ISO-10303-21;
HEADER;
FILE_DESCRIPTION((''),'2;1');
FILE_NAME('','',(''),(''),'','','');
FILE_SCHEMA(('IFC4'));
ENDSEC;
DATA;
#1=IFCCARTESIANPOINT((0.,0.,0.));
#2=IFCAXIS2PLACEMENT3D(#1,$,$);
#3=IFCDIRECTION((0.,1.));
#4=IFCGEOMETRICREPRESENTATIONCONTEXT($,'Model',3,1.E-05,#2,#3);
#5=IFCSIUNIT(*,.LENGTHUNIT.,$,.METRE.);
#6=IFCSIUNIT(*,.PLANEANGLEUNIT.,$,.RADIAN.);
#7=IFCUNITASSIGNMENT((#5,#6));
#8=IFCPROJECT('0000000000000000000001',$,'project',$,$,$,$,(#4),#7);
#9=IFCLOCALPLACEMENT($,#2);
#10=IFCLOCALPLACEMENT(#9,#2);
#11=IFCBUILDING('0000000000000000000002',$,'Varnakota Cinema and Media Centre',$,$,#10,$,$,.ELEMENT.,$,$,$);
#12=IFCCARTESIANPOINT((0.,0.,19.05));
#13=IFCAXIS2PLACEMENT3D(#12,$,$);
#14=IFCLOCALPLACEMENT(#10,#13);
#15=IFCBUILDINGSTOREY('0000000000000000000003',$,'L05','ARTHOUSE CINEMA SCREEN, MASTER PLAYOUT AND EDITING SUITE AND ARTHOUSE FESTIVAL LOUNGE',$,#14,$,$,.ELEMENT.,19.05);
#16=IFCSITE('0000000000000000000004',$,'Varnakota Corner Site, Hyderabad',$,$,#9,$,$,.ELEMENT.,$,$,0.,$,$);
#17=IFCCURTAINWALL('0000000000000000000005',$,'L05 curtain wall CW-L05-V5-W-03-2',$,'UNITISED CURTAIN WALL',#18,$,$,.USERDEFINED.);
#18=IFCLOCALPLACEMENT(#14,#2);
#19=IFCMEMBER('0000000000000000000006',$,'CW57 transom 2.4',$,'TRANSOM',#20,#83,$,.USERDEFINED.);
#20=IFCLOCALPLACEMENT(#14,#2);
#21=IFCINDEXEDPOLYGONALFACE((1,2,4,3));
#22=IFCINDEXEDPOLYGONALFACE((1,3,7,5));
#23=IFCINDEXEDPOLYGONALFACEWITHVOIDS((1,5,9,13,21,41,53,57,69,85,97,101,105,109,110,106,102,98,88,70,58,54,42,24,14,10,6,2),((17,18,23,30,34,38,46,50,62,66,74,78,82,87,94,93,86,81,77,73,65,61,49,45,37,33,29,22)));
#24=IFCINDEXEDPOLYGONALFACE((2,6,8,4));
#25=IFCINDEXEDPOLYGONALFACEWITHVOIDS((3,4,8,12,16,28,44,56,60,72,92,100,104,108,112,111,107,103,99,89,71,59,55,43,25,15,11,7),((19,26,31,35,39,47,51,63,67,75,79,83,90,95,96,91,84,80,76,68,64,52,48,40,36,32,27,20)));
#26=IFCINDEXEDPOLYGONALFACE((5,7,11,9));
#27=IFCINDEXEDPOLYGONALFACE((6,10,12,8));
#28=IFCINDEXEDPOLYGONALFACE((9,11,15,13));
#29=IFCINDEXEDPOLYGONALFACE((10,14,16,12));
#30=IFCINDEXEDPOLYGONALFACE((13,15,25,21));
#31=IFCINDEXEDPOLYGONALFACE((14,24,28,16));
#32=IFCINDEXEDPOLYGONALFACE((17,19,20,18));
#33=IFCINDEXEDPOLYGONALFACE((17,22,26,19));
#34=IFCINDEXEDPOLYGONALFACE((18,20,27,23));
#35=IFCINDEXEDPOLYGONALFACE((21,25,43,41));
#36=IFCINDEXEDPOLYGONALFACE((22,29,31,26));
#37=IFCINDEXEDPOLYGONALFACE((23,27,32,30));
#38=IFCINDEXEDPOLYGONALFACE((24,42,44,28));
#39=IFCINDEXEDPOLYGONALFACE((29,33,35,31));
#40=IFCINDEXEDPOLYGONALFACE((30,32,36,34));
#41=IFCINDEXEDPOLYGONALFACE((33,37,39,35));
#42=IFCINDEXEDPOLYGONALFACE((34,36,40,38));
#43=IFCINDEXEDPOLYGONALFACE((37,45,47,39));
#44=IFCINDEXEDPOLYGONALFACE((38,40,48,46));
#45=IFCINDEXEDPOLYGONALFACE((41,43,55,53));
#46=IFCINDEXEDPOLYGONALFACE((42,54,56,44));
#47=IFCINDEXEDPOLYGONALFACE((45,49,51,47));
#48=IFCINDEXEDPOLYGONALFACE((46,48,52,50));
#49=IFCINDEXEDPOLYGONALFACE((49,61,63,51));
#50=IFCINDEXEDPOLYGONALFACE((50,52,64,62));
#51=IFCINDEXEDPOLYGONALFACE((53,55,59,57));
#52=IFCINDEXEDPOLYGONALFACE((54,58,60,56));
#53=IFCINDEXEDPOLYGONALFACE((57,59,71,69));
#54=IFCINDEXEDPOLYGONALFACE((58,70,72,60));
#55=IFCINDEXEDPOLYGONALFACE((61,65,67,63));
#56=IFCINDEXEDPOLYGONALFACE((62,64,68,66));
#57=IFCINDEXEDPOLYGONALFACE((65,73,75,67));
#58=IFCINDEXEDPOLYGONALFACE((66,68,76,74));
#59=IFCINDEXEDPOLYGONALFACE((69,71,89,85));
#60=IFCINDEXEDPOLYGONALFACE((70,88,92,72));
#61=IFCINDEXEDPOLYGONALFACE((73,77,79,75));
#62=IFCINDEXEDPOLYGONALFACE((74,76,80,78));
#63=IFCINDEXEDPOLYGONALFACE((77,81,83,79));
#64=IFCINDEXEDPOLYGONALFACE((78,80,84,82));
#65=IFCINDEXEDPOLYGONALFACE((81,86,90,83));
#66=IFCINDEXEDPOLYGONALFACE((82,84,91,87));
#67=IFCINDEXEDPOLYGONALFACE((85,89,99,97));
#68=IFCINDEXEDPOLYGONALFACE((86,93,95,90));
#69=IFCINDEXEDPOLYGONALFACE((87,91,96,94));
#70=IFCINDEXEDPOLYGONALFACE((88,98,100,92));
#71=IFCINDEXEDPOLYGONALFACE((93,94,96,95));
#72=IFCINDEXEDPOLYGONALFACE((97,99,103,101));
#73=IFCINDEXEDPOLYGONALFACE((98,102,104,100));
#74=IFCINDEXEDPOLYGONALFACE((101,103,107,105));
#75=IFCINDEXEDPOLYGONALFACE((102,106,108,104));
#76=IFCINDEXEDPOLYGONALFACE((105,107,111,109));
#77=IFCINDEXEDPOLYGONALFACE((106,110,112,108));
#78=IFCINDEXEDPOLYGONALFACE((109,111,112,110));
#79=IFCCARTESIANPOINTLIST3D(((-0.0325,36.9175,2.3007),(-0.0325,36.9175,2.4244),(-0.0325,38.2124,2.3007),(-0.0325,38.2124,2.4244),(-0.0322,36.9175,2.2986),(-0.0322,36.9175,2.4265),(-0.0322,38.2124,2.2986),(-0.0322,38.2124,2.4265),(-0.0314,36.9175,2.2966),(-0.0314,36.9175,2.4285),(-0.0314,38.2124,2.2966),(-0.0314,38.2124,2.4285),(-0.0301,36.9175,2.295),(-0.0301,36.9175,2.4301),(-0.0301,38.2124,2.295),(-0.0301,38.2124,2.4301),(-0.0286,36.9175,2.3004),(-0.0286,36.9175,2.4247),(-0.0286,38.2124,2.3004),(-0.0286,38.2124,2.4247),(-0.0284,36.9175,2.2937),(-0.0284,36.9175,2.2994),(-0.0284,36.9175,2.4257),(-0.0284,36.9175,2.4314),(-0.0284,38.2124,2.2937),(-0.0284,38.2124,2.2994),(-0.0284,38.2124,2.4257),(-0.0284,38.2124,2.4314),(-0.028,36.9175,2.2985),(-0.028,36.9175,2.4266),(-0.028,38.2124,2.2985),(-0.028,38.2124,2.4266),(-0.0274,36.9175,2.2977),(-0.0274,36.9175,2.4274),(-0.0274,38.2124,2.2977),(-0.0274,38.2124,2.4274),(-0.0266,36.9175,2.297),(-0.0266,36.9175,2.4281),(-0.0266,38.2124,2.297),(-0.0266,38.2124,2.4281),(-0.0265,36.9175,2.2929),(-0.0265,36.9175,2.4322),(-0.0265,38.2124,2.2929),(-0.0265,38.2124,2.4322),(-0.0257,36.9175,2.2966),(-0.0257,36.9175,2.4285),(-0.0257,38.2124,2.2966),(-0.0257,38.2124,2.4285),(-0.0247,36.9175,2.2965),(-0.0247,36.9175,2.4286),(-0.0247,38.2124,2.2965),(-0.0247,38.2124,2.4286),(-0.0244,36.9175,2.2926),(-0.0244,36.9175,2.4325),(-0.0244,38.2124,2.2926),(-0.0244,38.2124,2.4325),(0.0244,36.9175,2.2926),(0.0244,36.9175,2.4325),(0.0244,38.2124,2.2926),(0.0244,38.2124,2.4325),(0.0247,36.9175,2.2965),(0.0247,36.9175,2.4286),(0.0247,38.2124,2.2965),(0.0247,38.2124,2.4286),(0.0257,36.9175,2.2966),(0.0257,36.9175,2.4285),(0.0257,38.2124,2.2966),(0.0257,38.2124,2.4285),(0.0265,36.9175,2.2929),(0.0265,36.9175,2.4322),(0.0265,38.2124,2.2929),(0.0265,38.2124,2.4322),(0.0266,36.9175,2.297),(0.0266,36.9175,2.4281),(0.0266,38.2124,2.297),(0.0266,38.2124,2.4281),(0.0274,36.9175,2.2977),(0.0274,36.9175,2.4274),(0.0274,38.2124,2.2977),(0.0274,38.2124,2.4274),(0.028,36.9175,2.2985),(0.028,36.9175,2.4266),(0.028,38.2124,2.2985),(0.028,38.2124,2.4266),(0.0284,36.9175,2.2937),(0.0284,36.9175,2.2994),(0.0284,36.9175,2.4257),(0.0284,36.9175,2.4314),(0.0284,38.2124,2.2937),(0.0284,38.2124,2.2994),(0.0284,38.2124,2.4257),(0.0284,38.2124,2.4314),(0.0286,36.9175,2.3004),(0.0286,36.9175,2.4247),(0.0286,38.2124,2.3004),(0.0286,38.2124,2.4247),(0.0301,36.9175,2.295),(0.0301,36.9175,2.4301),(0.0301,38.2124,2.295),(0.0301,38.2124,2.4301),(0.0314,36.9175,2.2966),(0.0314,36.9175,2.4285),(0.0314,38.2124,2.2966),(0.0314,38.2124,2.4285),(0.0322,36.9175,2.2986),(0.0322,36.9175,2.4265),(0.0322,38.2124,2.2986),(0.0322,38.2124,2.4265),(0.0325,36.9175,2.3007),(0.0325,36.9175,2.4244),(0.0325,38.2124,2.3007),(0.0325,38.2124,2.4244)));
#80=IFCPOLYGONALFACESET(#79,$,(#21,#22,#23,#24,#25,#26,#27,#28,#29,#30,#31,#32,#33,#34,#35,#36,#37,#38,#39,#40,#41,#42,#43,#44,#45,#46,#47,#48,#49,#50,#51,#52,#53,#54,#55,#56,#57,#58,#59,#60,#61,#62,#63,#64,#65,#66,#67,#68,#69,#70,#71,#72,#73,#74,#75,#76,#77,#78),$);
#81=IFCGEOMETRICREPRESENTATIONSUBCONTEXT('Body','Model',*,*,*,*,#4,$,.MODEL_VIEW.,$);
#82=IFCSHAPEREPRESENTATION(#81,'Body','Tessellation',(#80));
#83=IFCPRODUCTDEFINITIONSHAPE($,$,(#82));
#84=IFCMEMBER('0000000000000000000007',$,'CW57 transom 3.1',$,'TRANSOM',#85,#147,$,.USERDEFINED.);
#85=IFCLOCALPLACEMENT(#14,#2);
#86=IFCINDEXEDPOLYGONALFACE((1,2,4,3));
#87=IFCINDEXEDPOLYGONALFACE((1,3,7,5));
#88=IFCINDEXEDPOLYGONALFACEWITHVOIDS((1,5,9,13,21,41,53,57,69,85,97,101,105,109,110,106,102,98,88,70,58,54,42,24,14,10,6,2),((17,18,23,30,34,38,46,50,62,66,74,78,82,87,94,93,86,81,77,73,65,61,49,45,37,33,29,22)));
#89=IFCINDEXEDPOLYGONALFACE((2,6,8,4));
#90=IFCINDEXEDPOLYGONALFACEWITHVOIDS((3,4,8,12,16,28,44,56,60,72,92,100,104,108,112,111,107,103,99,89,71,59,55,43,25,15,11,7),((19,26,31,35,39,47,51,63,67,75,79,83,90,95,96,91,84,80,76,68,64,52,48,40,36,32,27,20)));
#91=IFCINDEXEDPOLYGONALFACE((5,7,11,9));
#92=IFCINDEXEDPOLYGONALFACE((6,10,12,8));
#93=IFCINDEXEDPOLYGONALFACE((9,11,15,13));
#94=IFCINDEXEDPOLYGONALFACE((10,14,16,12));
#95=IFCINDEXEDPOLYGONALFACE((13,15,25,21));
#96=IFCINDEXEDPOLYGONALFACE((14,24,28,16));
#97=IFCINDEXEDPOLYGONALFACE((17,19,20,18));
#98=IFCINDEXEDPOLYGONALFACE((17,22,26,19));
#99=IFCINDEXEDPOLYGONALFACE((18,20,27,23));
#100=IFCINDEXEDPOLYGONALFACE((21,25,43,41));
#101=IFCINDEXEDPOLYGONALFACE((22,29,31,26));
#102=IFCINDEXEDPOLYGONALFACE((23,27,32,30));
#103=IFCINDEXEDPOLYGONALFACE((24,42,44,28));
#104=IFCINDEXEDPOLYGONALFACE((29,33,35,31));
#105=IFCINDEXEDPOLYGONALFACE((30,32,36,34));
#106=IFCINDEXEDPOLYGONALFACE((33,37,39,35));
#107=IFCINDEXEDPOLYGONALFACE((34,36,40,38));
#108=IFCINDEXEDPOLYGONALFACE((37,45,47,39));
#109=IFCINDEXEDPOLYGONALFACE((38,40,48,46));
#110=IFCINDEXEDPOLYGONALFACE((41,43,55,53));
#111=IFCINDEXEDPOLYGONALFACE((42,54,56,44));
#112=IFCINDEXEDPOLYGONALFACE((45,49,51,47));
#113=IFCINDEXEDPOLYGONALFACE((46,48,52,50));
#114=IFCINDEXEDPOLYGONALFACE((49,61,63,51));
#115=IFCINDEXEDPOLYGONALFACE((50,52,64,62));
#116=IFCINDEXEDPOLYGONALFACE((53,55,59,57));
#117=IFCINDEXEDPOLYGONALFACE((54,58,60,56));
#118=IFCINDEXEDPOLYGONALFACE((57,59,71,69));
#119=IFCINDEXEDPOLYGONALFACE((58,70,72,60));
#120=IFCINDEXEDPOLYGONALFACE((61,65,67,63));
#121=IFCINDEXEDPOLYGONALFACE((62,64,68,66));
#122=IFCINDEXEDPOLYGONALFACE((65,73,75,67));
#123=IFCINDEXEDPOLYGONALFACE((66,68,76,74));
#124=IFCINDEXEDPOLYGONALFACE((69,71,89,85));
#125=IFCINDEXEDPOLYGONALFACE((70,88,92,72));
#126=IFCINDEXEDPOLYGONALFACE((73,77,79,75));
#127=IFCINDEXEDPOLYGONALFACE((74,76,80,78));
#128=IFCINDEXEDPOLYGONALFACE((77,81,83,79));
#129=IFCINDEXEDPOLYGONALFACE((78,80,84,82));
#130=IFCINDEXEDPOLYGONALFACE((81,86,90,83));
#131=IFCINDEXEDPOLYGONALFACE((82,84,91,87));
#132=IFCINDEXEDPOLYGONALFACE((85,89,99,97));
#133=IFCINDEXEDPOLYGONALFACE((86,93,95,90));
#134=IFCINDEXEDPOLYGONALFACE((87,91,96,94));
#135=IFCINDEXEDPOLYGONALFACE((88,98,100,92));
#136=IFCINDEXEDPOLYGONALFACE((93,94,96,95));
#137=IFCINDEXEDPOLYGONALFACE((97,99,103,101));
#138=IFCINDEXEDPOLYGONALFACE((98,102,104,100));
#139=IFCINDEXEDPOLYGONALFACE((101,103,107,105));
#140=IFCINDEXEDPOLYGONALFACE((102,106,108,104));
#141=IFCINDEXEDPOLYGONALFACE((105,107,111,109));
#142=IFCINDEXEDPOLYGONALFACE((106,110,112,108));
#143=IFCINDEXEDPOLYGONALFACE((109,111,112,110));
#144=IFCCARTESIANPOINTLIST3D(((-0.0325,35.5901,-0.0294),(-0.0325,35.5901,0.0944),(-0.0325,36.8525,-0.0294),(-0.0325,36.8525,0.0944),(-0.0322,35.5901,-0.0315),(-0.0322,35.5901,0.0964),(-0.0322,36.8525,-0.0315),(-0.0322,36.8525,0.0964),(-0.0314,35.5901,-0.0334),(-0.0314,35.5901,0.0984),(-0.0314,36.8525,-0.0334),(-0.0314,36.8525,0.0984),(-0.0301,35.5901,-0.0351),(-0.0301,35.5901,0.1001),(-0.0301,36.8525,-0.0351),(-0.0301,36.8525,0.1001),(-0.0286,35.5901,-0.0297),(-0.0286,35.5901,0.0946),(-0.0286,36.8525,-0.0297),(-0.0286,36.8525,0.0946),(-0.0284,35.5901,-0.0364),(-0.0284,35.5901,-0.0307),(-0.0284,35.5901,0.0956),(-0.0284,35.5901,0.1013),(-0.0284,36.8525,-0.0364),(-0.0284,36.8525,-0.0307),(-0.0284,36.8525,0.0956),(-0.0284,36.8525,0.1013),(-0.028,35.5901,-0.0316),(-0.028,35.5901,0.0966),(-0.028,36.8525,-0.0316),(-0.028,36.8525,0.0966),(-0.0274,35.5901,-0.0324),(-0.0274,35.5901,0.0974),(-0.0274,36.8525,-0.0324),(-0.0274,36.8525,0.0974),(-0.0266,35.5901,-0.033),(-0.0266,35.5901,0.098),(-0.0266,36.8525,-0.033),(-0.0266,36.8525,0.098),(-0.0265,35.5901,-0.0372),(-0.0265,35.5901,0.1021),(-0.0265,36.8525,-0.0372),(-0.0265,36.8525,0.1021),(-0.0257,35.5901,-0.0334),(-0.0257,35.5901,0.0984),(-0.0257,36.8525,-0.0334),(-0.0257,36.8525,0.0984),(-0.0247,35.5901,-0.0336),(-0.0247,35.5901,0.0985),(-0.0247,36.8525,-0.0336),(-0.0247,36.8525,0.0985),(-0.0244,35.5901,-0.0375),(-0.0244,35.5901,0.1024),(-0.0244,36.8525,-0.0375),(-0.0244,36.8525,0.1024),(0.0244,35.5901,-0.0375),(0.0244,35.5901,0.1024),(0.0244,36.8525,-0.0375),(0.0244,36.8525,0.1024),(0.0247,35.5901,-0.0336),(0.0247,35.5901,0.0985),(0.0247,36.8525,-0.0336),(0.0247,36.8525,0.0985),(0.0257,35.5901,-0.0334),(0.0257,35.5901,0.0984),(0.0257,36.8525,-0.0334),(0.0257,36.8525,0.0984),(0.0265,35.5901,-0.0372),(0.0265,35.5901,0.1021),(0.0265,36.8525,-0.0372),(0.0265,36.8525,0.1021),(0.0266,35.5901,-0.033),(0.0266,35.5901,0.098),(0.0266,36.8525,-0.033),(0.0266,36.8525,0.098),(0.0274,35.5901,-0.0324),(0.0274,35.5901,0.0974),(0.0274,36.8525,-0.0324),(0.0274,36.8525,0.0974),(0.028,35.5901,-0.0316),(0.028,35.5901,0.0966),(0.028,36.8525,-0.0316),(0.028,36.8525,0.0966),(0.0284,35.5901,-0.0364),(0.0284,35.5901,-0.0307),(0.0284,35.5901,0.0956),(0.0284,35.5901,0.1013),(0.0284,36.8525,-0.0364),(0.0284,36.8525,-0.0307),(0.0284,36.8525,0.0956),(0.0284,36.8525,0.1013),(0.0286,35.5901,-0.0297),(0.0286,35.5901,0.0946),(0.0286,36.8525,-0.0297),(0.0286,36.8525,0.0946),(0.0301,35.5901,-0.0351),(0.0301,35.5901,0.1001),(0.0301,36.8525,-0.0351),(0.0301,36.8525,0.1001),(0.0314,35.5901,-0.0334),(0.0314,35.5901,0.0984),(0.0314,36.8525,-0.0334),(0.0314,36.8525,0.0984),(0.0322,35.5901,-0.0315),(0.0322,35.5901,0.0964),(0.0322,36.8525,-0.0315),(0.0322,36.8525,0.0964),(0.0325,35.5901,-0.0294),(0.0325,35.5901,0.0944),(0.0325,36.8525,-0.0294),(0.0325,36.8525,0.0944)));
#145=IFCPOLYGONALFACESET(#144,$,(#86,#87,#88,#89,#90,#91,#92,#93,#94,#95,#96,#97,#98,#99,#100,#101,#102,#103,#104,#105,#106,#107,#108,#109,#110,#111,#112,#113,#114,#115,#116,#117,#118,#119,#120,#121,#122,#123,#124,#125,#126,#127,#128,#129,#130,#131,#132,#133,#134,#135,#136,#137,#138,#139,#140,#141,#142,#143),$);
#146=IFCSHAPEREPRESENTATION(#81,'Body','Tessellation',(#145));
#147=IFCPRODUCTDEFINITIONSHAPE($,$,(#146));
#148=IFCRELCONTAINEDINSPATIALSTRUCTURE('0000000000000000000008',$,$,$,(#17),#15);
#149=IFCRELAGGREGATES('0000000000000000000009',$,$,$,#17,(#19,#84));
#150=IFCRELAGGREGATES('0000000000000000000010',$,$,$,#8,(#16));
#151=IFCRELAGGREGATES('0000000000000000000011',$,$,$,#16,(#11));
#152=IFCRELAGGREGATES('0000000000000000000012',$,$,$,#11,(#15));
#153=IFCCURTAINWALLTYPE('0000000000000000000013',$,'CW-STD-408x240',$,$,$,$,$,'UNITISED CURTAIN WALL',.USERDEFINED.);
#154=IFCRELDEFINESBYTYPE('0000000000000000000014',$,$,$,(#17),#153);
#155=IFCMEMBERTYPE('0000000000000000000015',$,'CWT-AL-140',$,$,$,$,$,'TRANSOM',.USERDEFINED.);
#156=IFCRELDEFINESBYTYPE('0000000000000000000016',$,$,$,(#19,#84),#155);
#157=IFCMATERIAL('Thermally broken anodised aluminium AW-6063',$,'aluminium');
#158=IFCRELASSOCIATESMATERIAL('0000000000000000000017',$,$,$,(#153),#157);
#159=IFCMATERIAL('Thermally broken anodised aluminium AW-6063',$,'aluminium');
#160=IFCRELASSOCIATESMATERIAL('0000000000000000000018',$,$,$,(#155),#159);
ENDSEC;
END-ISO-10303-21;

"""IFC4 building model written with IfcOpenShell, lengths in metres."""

from ifc_helpers import new_model, si_unit, direction, frame, origin, origin_2d, place, context, subcontext, project, spatial, hollow_rectangle, extrude, material, material_profile, profile_set, type_object, element, aggregate, save


model = new_model("IFC4")

# Units and contexts
model_context = context("Model", 3, precision=1e-05, world=origin(), true_north=direction((0.0, 1.0)))
body_context = subcontext(model_context, "Body", "Model", "MODEL_VIEW")
ifc_project = project(units=[si_unit("LENGTHUNIT", "METRE"), si_unit("PLANEANGLEUNIT", "RADIAN")], contexts=[model_context])

# Site, building, storey
site_placement = place(None, origin())
site = spatial("IfcSite", under=ifc_project, at=site_placement, Name="Varnakota Corner Site, Hyderabad", CompositionType="ELEMENT", RefElevation=0.0)
building_placement = place(site_placement, origin())
building = spatial("IfcBuilding", under=site, at=building_placement, Name="Varnakota Cinema and Media Centre", CompositionType="ELEMENT")
storey_placement = place(building_placement, frame((0.0, 0.0, 19.05)))
storey = spatial("IfcBuildingStorey", under=building, at=storey_placement, Name="L05", Description="ARTHOUSE CINEMA SCREEN, MASTER PLAYOUT AND EDITING SUITE AND ARTHOUSE FESTIVAL LOUNGE", CompositionType="ELEMENT", Elevation=19.05)

# Curtain wall, members
ifc_material_1 = material(Name="Thermally broken anodised aluminium AW-6063", Category="aluminium")
curtain_wall_type = type_object("IfcCurtainWallType", Name="CW-STD-408x240", ElementType="UNITISED CURTAIN WALL", PredefinedType="USERDEFINED", material=ifc_material_1)
curtain_wall_placement = place(storey_placement, origin())
curtain_wall = element("IfcCurtainWall", 1, at=curtain_wall_placement, inside=storey, type_object=curtain_wall_type, Name="L05 curtain wall CW-L05-V5-W-03-2", ObjectType="UNITISED CURTAIN WALL", PredefinedType="USERDEFINED")
ifc_material_2 = material(Name="Thermally broken anodised aluminium AW-6063", Category="aluminium")
ifc_material_profile_1 = material_profile(ifc_material_2, hollow_rectangle(XDim=0.0649, YDim=0.1399, WallThickness=0.0039, InnerFilletRadius=0.0039, OuterFilletRadius=0.0081, at=origin_2d()), Name="AL-TRANSOM 140x65x4")
ifc_profile_set_1 = profile_set([ifc_material_profile_1], Name="Thermally broken anodised aluminium AW-6063")
member_type_1 = type_object("IfcMemberType", Name="CWT-AL-140", ElementType="TRANSOM", PredefinedType="USERDEFINED", material=ifc_profile_set_1)
member_1_placement = place(storey_placement, frame((0.0, 38.2124, 2.3625), z_axis=(0.0, -1.0, 0.0), x_axis=(1.0, 0.0, 0.0)))
member_1 = element("IfcMember", 2, at=member_1_placement, type_object=member_type_1, Name="CW57 transom 2.4", ObjectType="TRANSOM", PredefinedType="USERDEFINED", context=body_context, shape_type="SweptSolid", body=[
    extrude(hollow_rectangle(XDim=0.0649, YDim=0.1399, WallThickness=0.0039, InnerFilletRadius=0.0039, OuterFilletRadius=0.0081, at=origin_2d()), origin(), (0.0, 0.0, 1.0), 1.2949),
])
member_2_placement = place(storey_placement, frame((0.0, 36.8525, 0.0325), z_axis=(0.0, -1.0, 0.0), x_axis=(1.0, 0.0, 0.0)))
member_2 = element("IfcMember", 3, at=member_2_placement, type_object=member_type_1, Name="CW57 transom 3.1", ObjectType="TRANSOM", PredefinedType="USERDEFINED", context=body_context, shape_type="SweptSolid", body=[
    extrude(hollow_rectangle(XDim=0.0649, YDim=0.1399, WallThickness=0.0039, InnerFilletRadius=0.0039, OuterFilletRadius=0.0081, at=origin_2d()), origin(), (0.0, 0.0, 1.0), 1.2625),
])
aggregate(curtain_wall, [member_1, member_2])

save(model, "model.ifc")
